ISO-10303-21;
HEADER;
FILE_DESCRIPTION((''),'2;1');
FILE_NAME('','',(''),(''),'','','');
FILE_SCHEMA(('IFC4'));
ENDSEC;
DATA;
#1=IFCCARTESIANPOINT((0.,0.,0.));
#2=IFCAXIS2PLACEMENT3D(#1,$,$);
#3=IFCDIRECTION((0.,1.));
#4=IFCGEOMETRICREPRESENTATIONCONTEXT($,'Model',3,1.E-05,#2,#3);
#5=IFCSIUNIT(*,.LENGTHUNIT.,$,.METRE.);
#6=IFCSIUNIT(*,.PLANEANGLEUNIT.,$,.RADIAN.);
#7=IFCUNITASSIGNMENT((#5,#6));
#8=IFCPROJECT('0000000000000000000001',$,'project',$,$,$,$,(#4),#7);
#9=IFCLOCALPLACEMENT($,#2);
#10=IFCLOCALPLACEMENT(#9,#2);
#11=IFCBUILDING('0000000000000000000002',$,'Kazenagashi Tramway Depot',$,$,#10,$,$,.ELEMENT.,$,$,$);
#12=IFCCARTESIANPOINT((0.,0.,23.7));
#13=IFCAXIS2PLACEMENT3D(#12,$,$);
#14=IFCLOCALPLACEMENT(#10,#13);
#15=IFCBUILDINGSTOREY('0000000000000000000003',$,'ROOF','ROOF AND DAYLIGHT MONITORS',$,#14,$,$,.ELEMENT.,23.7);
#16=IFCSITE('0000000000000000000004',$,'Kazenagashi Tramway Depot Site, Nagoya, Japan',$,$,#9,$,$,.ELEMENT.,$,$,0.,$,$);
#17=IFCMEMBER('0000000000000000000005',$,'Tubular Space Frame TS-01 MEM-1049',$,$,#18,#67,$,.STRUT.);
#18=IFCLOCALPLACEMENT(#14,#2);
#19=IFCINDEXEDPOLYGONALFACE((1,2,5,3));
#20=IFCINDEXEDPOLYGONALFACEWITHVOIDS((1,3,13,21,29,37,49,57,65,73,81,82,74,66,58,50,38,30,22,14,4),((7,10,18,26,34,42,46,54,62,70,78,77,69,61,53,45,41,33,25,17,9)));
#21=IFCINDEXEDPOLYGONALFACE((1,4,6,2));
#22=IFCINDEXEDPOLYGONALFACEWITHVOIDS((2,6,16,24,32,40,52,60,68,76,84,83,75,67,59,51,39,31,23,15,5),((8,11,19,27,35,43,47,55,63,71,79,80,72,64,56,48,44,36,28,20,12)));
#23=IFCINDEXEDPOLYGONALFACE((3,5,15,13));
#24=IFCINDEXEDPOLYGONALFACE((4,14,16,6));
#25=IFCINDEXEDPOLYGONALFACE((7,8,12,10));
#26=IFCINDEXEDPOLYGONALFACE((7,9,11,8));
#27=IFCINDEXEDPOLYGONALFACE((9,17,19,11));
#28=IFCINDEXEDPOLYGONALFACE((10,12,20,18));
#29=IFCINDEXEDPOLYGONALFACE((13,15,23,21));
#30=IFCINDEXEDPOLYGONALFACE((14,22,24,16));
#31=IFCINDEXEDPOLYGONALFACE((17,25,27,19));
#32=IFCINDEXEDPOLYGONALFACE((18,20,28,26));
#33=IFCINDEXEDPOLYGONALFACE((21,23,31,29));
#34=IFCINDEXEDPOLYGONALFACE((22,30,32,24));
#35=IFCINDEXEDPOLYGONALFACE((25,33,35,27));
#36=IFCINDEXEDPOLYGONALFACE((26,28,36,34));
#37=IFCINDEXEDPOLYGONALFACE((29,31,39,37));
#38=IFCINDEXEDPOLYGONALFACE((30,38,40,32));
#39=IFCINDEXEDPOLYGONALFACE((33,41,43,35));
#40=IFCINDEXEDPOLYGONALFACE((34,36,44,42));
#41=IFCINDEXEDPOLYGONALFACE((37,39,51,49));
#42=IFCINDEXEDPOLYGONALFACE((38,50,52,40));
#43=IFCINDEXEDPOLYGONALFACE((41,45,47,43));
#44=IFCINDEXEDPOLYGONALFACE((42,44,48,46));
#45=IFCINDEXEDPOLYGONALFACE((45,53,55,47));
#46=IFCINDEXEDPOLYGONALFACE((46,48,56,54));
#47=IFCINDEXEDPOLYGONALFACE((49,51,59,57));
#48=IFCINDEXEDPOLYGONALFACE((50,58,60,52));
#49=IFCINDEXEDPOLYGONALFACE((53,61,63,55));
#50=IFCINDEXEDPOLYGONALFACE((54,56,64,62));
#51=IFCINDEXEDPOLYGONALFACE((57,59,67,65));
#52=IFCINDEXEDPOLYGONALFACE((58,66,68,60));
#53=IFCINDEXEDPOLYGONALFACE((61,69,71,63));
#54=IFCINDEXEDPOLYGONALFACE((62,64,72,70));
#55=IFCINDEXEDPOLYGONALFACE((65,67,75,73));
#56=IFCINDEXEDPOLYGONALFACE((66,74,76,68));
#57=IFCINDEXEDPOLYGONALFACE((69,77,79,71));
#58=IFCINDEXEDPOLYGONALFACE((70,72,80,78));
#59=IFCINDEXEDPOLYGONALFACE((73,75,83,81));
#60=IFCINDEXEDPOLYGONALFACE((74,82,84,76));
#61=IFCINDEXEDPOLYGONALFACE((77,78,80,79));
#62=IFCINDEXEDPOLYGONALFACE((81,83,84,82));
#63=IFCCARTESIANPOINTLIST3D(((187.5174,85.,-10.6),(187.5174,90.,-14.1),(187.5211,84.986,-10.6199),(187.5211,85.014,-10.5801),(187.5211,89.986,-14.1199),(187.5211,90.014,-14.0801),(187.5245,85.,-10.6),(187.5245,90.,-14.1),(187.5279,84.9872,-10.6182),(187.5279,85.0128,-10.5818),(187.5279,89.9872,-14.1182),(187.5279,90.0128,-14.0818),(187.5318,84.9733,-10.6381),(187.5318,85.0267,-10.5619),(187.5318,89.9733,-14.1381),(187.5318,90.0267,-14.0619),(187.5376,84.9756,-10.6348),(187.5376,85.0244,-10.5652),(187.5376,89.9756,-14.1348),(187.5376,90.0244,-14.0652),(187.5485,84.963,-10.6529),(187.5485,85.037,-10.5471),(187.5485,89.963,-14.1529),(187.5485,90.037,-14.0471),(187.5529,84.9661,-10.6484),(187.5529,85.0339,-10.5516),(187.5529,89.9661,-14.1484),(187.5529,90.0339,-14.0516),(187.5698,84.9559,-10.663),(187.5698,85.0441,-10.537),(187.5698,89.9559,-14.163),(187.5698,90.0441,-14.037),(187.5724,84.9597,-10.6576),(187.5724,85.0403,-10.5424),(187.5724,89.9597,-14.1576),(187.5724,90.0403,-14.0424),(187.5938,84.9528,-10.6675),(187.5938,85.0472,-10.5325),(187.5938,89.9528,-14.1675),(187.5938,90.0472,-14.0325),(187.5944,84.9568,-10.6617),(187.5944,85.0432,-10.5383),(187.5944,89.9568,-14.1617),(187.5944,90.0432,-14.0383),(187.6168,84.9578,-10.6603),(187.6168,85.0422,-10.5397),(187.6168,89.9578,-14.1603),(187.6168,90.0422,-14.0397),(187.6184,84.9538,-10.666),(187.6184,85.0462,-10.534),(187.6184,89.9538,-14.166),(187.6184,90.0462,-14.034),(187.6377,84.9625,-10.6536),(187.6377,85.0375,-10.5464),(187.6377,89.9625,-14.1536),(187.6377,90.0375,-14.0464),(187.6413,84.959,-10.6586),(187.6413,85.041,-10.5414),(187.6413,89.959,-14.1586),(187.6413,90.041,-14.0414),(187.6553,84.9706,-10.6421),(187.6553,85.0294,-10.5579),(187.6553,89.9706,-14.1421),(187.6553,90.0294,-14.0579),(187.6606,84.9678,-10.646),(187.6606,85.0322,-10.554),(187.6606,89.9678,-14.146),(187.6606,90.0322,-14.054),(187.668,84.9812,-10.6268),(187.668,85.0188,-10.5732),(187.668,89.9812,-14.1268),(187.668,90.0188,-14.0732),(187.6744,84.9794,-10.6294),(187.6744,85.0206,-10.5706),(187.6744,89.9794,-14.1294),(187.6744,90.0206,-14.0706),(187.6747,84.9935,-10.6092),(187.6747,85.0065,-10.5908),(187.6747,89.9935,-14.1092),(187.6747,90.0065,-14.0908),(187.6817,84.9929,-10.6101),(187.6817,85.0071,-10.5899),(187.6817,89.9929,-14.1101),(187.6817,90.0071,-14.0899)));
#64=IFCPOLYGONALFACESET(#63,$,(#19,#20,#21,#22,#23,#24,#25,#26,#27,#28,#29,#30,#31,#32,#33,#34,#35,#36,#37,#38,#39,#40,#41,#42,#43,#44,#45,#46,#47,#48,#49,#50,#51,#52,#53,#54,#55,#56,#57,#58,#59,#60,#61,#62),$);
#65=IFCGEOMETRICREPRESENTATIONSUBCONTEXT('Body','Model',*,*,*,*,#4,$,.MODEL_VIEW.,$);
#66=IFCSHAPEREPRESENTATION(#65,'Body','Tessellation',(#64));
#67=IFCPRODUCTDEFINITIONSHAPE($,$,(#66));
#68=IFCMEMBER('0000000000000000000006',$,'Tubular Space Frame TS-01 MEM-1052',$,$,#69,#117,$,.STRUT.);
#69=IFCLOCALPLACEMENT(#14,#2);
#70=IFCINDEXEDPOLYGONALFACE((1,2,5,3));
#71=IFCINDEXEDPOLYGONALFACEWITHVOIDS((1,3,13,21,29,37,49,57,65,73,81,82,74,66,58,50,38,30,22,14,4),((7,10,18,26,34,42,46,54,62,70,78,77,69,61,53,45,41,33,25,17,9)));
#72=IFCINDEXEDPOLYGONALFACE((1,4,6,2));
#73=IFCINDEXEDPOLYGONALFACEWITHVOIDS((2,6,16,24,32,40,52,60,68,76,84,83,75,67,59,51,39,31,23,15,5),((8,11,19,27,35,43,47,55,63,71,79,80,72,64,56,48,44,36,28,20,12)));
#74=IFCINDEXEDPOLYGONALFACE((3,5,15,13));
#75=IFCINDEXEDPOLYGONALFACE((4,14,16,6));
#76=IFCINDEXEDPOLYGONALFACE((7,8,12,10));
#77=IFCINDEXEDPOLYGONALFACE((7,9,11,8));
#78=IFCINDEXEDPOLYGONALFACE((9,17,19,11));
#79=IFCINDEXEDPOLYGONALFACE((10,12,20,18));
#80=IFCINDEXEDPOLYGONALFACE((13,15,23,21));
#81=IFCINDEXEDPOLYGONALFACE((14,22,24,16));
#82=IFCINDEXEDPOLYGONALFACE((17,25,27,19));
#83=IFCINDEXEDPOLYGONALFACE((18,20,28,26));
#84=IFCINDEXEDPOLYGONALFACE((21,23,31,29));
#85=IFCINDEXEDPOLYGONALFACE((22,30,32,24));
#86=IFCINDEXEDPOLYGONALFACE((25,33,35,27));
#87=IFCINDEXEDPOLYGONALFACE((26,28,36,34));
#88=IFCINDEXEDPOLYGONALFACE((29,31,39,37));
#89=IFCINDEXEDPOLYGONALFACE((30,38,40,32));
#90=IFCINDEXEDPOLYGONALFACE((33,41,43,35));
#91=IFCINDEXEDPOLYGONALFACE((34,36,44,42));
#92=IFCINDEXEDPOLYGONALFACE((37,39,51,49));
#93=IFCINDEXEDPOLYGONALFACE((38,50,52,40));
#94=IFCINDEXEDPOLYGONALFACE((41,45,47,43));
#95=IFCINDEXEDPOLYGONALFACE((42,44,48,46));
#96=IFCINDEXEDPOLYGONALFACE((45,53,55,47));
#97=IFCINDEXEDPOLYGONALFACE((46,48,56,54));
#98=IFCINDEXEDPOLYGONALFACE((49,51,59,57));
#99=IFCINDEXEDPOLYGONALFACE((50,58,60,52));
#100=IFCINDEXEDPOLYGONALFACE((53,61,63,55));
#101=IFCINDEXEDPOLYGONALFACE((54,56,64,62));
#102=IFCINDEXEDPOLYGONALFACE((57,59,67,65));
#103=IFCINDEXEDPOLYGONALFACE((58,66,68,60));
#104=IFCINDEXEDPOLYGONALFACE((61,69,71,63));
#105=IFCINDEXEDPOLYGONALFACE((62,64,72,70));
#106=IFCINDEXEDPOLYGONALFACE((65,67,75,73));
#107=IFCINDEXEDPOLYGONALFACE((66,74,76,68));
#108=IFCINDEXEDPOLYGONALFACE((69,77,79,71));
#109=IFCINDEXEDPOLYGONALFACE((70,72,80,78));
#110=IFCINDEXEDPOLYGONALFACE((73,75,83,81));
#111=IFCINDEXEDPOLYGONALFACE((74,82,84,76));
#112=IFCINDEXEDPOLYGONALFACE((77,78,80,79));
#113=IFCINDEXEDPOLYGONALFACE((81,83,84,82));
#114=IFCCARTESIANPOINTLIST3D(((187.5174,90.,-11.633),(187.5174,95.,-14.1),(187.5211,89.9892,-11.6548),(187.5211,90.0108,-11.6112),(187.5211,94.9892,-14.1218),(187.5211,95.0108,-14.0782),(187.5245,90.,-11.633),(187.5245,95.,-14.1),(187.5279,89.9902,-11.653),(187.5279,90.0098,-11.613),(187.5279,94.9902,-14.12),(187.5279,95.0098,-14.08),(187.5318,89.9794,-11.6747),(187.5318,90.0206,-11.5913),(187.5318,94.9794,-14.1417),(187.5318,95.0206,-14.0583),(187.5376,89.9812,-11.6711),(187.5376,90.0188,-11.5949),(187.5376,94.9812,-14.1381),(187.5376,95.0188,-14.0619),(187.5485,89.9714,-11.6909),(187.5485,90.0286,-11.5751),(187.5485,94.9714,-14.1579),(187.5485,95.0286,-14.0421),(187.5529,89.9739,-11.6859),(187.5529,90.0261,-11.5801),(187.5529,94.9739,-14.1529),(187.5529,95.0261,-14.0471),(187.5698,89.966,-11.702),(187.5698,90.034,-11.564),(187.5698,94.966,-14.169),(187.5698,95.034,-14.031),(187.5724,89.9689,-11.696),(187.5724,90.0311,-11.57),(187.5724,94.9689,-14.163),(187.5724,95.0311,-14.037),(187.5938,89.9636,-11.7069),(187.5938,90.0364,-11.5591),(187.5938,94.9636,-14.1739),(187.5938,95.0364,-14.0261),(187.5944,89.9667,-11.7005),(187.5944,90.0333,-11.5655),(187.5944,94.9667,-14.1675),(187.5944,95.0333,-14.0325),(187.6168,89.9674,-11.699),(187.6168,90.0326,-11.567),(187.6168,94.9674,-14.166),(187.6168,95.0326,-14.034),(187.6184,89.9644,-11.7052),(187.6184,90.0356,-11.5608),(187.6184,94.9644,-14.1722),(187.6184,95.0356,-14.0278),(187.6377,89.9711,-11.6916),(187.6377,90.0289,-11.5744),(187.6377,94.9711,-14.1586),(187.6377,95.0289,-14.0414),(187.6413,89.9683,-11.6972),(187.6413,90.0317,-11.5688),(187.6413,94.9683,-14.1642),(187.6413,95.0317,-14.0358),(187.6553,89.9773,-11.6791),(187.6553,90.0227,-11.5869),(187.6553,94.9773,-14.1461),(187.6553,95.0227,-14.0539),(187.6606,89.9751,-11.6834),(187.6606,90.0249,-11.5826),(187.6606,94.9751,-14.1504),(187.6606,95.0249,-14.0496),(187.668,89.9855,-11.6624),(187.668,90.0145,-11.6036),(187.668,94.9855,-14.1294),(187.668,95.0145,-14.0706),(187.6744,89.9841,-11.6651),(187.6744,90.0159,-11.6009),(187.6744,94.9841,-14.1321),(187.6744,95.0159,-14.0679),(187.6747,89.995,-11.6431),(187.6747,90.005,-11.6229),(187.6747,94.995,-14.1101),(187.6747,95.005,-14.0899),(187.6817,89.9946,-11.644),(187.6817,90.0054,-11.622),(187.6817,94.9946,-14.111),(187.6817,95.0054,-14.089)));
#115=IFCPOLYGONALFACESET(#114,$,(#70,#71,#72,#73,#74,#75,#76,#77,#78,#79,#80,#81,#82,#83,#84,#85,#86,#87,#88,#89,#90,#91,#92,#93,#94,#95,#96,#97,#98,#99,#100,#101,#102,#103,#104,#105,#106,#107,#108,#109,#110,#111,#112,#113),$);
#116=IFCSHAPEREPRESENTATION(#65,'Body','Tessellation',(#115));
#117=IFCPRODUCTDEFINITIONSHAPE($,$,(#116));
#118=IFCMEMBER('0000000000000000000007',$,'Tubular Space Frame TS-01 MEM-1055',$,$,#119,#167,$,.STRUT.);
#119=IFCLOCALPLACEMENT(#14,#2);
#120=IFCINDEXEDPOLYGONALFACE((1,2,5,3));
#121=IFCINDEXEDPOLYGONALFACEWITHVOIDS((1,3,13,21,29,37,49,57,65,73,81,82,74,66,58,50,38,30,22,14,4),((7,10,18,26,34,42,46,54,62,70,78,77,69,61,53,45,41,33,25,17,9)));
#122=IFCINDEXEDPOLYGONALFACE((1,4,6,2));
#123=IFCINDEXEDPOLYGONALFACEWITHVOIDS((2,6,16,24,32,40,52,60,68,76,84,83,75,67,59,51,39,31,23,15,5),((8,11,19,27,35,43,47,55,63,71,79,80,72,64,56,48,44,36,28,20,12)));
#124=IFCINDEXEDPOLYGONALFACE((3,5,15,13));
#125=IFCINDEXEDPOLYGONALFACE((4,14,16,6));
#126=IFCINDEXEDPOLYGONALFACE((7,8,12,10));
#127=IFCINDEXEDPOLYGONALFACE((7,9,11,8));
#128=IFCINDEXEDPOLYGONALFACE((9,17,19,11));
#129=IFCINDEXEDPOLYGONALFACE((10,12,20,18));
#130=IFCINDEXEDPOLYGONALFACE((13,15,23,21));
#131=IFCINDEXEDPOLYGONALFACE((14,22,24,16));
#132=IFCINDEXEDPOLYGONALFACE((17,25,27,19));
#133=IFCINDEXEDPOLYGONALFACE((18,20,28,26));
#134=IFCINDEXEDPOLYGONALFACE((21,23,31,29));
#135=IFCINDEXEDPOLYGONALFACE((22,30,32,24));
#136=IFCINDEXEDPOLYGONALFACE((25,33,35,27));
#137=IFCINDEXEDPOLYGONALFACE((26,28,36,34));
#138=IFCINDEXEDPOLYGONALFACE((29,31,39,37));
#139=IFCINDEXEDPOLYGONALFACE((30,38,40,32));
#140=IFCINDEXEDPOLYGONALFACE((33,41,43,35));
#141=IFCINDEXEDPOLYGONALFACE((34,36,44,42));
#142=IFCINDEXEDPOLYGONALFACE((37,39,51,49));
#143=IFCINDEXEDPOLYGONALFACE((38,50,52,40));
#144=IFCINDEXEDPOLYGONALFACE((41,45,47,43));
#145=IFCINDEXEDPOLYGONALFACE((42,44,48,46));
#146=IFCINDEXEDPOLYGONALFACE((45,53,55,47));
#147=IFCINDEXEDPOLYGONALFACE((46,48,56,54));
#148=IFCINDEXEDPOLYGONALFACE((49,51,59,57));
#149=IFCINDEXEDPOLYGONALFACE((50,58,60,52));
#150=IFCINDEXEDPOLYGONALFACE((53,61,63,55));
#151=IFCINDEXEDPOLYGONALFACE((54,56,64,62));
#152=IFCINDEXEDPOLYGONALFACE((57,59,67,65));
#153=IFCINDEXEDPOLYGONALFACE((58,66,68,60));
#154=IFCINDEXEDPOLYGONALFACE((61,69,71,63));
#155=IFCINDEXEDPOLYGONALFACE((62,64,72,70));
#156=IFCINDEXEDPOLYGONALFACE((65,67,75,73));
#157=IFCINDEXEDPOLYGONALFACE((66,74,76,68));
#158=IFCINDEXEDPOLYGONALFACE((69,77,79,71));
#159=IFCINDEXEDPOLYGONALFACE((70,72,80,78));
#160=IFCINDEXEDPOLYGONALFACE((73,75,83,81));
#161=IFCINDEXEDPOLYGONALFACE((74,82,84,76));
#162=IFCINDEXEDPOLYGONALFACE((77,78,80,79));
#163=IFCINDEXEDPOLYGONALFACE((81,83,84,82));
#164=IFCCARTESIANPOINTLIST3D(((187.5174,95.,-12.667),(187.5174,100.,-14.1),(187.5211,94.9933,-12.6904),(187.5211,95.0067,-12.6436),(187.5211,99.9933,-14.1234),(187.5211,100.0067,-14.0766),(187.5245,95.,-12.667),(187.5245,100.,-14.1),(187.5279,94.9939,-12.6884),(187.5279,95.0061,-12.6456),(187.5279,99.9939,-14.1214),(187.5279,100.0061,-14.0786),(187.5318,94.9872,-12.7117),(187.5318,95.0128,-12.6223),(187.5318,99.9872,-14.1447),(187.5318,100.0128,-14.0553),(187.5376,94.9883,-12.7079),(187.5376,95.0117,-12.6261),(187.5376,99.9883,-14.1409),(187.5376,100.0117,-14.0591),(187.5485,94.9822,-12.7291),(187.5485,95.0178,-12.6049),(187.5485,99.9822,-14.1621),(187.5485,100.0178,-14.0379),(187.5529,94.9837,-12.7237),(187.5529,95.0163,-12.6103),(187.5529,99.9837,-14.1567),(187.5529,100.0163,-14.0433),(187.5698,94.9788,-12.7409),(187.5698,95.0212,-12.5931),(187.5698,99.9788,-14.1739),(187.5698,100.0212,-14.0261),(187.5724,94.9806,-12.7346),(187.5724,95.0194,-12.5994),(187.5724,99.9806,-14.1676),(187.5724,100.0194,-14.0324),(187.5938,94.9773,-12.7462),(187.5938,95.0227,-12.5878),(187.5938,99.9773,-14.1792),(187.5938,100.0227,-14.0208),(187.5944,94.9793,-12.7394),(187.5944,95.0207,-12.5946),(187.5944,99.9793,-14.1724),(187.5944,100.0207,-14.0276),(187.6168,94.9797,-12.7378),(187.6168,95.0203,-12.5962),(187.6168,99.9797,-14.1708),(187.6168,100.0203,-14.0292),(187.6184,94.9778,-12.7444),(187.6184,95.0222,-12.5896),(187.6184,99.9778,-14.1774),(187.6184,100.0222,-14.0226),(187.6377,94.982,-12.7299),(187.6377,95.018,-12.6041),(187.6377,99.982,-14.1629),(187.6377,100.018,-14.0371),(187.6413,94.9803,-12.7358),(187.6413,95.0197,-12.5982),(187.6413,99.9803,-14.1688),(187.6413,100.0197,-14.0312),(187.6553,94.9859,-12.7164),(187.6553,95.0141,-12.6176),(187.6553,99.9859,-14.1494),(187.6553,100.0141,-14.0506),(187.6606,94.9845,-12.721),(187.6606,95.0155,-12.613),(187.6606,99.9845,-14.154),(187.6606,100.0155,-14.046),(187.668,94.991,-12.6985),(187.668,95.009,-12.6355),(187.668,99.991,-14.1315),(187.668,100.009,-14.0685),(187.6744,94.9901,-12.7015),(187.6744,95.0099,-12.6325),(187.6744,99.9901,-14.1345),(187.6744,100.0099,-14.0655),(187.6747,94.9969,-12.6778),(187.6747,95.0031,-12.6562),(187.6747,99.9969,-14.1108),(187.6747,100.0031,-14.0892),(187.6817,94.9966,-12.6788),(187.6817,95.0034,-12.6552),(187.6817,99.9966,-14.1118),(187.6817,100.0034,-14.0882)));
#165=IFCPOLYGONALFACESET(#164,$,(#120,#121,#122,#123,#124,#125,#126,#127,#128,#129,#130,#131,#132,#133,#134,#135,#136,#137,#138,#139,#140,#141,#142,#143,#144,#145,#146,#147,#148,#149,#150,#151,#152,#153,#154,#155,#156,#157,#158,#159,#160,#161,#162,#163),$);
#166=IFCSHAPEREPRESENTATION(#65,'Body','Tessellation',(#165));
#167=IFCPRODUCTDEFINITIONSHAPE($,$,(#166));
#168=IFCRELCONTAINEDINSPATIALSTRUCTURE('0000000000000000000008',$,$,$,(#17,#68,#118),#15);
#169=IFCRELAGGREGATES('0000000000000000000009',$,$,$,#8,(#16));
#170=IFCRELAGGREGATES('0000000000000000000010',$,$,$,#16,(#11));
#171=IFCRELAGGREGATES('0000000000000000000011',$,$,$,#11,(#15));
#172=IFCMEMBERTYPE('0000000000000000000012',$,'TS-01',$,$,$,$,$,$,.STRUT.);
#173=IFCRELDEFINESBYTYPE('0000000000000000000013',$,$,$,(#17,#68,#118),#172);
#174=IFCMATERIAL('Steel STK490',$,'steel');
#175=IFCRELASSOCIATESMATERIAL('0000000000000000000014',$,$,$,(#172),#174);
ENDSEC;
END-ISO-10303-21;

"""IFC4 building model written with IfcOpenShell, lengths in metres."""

from ifc_helpers import new_model, si_unit, direction, frame, origin, origin_2d, place, context, subcontext, project, spatial, hollow_circle, extrude, material, material_profile, profile_set, type_object, element, save


model = new_model("IFC4")

# Units and contexts
model_context = context("Model", 3, precision=1e-05, world=origin(), true_north=direction((0.0, 1.0)))
body_context = subcontext(model_context, "Body", "Model", "MODEL_VIEW")
ifc_project = project(units=[si_unit("LENGTHUNIT", "METRE"), si_unit("PLANEANGLEUNIT", "RADIAN")], contexts=[model_context])

# Site, building, storey
site_placement = place(None, origin())
site = spatial("IfcSite", under=ifc_project, at=site_placement, Name="Kazenagashi Tramway Depot Site, Nagoya, Japan", CompositionType="ELEMENT", RefElevation=0.0)
building_placement = place(site_placement, origin())
building = spatial("IfcBuilding", under=site, at=building_placement, Name="Kazenagashi Tramway Depot", CompositionType="ELEMENT")
storey_placement = place(building_placement, frame((0.0, 0.0, 23.7)))
storey = spatial("IfcBuildingStorey", under=building, at=storey_placement, Name="ROOF", Description="ROOF AND DAYLIGHT MONITORS", CompositionType="ELEMENT", Elevation=23.7)

# Members
ifc_material_1 = material(Name="Steel STK490", Category="steel")
ifc_material_profile_1 = material_profile(ifc_material_1, hollow_circle(Radius=0.0826, WallThickness=0.0071, at=origin_2d()), Name="CHS-165.2x7.1")
ifc_profile_set_1 = profile_set([ifc_material_profile_1], Name="Steel STK490")
member_type_1 = type_object("IfcMemberType", Name="TS-01", PredefinedType="STRUT", material=ifc_profile_set_1)
member_1_placement = place(storey_placement, frame((187.6, 85.0, -10.6), z_axis=(0.0, 0.819232, -0.573462), x_axis=(-1.0, 0.0, 0.0)))
element("IfcMember", 1, at=member_1_placement, inside=storey, type_object=member_type_1, Name="Tubular Space Frame TS-01 MEM-1049", PredefinedType="STRUT", context=body_context, shape_type="SweptSolid", body=[
    extrude(hollow_circle(Radius=0.0826, WallThickness=0.0071, at=origin_2d()), origin(), (0.0, 0.0, 1.0), 6.1033),
])
member_2_placement = place(storey_placement, frame((187.6, 90.0, -11.633), z_axis=(0.0, 0.896782, -0.442472), x_axis=(-1.0, 0.0, 0.0)))
element("IfcMember", 2, at=member_2_placement, inside=storey, type_object=member_type_1, Name="Tubular Space Frame TS-01 MEM-1052", PredefinedType="STRUT", context=body_context, shape_type="SweptSolid", body=[
    extrude(hollow_circle(Radius=0.0826, WallThickness=0.0071, at=origin_2d()), origin(), (0.0, 0.0, 1.0), 5.5755),
])
member_3_placement = place(storey_placement, frame((187.6, 95.0, -12.667), z_axis=(0.0, 0.961299, -0.275508), x_axis=(-1.0, 0.0, 0.0)))
element("IfcMember", 3, at=member_3_placement, inside=storey, type_object=member_type_1, Name="Tubular Space Frame TS-01 MEM-1055", PredefinedType="STRUT", context=body_context, shape_type="SweptSolid", body=[
    extrude(hollow_circle(Radius=0.0826, WallThickness=0.0071, at=origin_2d()), origin(), (0.0, 0.0, 1.0), 5.2013),
])

save(model, "model.ifc")
